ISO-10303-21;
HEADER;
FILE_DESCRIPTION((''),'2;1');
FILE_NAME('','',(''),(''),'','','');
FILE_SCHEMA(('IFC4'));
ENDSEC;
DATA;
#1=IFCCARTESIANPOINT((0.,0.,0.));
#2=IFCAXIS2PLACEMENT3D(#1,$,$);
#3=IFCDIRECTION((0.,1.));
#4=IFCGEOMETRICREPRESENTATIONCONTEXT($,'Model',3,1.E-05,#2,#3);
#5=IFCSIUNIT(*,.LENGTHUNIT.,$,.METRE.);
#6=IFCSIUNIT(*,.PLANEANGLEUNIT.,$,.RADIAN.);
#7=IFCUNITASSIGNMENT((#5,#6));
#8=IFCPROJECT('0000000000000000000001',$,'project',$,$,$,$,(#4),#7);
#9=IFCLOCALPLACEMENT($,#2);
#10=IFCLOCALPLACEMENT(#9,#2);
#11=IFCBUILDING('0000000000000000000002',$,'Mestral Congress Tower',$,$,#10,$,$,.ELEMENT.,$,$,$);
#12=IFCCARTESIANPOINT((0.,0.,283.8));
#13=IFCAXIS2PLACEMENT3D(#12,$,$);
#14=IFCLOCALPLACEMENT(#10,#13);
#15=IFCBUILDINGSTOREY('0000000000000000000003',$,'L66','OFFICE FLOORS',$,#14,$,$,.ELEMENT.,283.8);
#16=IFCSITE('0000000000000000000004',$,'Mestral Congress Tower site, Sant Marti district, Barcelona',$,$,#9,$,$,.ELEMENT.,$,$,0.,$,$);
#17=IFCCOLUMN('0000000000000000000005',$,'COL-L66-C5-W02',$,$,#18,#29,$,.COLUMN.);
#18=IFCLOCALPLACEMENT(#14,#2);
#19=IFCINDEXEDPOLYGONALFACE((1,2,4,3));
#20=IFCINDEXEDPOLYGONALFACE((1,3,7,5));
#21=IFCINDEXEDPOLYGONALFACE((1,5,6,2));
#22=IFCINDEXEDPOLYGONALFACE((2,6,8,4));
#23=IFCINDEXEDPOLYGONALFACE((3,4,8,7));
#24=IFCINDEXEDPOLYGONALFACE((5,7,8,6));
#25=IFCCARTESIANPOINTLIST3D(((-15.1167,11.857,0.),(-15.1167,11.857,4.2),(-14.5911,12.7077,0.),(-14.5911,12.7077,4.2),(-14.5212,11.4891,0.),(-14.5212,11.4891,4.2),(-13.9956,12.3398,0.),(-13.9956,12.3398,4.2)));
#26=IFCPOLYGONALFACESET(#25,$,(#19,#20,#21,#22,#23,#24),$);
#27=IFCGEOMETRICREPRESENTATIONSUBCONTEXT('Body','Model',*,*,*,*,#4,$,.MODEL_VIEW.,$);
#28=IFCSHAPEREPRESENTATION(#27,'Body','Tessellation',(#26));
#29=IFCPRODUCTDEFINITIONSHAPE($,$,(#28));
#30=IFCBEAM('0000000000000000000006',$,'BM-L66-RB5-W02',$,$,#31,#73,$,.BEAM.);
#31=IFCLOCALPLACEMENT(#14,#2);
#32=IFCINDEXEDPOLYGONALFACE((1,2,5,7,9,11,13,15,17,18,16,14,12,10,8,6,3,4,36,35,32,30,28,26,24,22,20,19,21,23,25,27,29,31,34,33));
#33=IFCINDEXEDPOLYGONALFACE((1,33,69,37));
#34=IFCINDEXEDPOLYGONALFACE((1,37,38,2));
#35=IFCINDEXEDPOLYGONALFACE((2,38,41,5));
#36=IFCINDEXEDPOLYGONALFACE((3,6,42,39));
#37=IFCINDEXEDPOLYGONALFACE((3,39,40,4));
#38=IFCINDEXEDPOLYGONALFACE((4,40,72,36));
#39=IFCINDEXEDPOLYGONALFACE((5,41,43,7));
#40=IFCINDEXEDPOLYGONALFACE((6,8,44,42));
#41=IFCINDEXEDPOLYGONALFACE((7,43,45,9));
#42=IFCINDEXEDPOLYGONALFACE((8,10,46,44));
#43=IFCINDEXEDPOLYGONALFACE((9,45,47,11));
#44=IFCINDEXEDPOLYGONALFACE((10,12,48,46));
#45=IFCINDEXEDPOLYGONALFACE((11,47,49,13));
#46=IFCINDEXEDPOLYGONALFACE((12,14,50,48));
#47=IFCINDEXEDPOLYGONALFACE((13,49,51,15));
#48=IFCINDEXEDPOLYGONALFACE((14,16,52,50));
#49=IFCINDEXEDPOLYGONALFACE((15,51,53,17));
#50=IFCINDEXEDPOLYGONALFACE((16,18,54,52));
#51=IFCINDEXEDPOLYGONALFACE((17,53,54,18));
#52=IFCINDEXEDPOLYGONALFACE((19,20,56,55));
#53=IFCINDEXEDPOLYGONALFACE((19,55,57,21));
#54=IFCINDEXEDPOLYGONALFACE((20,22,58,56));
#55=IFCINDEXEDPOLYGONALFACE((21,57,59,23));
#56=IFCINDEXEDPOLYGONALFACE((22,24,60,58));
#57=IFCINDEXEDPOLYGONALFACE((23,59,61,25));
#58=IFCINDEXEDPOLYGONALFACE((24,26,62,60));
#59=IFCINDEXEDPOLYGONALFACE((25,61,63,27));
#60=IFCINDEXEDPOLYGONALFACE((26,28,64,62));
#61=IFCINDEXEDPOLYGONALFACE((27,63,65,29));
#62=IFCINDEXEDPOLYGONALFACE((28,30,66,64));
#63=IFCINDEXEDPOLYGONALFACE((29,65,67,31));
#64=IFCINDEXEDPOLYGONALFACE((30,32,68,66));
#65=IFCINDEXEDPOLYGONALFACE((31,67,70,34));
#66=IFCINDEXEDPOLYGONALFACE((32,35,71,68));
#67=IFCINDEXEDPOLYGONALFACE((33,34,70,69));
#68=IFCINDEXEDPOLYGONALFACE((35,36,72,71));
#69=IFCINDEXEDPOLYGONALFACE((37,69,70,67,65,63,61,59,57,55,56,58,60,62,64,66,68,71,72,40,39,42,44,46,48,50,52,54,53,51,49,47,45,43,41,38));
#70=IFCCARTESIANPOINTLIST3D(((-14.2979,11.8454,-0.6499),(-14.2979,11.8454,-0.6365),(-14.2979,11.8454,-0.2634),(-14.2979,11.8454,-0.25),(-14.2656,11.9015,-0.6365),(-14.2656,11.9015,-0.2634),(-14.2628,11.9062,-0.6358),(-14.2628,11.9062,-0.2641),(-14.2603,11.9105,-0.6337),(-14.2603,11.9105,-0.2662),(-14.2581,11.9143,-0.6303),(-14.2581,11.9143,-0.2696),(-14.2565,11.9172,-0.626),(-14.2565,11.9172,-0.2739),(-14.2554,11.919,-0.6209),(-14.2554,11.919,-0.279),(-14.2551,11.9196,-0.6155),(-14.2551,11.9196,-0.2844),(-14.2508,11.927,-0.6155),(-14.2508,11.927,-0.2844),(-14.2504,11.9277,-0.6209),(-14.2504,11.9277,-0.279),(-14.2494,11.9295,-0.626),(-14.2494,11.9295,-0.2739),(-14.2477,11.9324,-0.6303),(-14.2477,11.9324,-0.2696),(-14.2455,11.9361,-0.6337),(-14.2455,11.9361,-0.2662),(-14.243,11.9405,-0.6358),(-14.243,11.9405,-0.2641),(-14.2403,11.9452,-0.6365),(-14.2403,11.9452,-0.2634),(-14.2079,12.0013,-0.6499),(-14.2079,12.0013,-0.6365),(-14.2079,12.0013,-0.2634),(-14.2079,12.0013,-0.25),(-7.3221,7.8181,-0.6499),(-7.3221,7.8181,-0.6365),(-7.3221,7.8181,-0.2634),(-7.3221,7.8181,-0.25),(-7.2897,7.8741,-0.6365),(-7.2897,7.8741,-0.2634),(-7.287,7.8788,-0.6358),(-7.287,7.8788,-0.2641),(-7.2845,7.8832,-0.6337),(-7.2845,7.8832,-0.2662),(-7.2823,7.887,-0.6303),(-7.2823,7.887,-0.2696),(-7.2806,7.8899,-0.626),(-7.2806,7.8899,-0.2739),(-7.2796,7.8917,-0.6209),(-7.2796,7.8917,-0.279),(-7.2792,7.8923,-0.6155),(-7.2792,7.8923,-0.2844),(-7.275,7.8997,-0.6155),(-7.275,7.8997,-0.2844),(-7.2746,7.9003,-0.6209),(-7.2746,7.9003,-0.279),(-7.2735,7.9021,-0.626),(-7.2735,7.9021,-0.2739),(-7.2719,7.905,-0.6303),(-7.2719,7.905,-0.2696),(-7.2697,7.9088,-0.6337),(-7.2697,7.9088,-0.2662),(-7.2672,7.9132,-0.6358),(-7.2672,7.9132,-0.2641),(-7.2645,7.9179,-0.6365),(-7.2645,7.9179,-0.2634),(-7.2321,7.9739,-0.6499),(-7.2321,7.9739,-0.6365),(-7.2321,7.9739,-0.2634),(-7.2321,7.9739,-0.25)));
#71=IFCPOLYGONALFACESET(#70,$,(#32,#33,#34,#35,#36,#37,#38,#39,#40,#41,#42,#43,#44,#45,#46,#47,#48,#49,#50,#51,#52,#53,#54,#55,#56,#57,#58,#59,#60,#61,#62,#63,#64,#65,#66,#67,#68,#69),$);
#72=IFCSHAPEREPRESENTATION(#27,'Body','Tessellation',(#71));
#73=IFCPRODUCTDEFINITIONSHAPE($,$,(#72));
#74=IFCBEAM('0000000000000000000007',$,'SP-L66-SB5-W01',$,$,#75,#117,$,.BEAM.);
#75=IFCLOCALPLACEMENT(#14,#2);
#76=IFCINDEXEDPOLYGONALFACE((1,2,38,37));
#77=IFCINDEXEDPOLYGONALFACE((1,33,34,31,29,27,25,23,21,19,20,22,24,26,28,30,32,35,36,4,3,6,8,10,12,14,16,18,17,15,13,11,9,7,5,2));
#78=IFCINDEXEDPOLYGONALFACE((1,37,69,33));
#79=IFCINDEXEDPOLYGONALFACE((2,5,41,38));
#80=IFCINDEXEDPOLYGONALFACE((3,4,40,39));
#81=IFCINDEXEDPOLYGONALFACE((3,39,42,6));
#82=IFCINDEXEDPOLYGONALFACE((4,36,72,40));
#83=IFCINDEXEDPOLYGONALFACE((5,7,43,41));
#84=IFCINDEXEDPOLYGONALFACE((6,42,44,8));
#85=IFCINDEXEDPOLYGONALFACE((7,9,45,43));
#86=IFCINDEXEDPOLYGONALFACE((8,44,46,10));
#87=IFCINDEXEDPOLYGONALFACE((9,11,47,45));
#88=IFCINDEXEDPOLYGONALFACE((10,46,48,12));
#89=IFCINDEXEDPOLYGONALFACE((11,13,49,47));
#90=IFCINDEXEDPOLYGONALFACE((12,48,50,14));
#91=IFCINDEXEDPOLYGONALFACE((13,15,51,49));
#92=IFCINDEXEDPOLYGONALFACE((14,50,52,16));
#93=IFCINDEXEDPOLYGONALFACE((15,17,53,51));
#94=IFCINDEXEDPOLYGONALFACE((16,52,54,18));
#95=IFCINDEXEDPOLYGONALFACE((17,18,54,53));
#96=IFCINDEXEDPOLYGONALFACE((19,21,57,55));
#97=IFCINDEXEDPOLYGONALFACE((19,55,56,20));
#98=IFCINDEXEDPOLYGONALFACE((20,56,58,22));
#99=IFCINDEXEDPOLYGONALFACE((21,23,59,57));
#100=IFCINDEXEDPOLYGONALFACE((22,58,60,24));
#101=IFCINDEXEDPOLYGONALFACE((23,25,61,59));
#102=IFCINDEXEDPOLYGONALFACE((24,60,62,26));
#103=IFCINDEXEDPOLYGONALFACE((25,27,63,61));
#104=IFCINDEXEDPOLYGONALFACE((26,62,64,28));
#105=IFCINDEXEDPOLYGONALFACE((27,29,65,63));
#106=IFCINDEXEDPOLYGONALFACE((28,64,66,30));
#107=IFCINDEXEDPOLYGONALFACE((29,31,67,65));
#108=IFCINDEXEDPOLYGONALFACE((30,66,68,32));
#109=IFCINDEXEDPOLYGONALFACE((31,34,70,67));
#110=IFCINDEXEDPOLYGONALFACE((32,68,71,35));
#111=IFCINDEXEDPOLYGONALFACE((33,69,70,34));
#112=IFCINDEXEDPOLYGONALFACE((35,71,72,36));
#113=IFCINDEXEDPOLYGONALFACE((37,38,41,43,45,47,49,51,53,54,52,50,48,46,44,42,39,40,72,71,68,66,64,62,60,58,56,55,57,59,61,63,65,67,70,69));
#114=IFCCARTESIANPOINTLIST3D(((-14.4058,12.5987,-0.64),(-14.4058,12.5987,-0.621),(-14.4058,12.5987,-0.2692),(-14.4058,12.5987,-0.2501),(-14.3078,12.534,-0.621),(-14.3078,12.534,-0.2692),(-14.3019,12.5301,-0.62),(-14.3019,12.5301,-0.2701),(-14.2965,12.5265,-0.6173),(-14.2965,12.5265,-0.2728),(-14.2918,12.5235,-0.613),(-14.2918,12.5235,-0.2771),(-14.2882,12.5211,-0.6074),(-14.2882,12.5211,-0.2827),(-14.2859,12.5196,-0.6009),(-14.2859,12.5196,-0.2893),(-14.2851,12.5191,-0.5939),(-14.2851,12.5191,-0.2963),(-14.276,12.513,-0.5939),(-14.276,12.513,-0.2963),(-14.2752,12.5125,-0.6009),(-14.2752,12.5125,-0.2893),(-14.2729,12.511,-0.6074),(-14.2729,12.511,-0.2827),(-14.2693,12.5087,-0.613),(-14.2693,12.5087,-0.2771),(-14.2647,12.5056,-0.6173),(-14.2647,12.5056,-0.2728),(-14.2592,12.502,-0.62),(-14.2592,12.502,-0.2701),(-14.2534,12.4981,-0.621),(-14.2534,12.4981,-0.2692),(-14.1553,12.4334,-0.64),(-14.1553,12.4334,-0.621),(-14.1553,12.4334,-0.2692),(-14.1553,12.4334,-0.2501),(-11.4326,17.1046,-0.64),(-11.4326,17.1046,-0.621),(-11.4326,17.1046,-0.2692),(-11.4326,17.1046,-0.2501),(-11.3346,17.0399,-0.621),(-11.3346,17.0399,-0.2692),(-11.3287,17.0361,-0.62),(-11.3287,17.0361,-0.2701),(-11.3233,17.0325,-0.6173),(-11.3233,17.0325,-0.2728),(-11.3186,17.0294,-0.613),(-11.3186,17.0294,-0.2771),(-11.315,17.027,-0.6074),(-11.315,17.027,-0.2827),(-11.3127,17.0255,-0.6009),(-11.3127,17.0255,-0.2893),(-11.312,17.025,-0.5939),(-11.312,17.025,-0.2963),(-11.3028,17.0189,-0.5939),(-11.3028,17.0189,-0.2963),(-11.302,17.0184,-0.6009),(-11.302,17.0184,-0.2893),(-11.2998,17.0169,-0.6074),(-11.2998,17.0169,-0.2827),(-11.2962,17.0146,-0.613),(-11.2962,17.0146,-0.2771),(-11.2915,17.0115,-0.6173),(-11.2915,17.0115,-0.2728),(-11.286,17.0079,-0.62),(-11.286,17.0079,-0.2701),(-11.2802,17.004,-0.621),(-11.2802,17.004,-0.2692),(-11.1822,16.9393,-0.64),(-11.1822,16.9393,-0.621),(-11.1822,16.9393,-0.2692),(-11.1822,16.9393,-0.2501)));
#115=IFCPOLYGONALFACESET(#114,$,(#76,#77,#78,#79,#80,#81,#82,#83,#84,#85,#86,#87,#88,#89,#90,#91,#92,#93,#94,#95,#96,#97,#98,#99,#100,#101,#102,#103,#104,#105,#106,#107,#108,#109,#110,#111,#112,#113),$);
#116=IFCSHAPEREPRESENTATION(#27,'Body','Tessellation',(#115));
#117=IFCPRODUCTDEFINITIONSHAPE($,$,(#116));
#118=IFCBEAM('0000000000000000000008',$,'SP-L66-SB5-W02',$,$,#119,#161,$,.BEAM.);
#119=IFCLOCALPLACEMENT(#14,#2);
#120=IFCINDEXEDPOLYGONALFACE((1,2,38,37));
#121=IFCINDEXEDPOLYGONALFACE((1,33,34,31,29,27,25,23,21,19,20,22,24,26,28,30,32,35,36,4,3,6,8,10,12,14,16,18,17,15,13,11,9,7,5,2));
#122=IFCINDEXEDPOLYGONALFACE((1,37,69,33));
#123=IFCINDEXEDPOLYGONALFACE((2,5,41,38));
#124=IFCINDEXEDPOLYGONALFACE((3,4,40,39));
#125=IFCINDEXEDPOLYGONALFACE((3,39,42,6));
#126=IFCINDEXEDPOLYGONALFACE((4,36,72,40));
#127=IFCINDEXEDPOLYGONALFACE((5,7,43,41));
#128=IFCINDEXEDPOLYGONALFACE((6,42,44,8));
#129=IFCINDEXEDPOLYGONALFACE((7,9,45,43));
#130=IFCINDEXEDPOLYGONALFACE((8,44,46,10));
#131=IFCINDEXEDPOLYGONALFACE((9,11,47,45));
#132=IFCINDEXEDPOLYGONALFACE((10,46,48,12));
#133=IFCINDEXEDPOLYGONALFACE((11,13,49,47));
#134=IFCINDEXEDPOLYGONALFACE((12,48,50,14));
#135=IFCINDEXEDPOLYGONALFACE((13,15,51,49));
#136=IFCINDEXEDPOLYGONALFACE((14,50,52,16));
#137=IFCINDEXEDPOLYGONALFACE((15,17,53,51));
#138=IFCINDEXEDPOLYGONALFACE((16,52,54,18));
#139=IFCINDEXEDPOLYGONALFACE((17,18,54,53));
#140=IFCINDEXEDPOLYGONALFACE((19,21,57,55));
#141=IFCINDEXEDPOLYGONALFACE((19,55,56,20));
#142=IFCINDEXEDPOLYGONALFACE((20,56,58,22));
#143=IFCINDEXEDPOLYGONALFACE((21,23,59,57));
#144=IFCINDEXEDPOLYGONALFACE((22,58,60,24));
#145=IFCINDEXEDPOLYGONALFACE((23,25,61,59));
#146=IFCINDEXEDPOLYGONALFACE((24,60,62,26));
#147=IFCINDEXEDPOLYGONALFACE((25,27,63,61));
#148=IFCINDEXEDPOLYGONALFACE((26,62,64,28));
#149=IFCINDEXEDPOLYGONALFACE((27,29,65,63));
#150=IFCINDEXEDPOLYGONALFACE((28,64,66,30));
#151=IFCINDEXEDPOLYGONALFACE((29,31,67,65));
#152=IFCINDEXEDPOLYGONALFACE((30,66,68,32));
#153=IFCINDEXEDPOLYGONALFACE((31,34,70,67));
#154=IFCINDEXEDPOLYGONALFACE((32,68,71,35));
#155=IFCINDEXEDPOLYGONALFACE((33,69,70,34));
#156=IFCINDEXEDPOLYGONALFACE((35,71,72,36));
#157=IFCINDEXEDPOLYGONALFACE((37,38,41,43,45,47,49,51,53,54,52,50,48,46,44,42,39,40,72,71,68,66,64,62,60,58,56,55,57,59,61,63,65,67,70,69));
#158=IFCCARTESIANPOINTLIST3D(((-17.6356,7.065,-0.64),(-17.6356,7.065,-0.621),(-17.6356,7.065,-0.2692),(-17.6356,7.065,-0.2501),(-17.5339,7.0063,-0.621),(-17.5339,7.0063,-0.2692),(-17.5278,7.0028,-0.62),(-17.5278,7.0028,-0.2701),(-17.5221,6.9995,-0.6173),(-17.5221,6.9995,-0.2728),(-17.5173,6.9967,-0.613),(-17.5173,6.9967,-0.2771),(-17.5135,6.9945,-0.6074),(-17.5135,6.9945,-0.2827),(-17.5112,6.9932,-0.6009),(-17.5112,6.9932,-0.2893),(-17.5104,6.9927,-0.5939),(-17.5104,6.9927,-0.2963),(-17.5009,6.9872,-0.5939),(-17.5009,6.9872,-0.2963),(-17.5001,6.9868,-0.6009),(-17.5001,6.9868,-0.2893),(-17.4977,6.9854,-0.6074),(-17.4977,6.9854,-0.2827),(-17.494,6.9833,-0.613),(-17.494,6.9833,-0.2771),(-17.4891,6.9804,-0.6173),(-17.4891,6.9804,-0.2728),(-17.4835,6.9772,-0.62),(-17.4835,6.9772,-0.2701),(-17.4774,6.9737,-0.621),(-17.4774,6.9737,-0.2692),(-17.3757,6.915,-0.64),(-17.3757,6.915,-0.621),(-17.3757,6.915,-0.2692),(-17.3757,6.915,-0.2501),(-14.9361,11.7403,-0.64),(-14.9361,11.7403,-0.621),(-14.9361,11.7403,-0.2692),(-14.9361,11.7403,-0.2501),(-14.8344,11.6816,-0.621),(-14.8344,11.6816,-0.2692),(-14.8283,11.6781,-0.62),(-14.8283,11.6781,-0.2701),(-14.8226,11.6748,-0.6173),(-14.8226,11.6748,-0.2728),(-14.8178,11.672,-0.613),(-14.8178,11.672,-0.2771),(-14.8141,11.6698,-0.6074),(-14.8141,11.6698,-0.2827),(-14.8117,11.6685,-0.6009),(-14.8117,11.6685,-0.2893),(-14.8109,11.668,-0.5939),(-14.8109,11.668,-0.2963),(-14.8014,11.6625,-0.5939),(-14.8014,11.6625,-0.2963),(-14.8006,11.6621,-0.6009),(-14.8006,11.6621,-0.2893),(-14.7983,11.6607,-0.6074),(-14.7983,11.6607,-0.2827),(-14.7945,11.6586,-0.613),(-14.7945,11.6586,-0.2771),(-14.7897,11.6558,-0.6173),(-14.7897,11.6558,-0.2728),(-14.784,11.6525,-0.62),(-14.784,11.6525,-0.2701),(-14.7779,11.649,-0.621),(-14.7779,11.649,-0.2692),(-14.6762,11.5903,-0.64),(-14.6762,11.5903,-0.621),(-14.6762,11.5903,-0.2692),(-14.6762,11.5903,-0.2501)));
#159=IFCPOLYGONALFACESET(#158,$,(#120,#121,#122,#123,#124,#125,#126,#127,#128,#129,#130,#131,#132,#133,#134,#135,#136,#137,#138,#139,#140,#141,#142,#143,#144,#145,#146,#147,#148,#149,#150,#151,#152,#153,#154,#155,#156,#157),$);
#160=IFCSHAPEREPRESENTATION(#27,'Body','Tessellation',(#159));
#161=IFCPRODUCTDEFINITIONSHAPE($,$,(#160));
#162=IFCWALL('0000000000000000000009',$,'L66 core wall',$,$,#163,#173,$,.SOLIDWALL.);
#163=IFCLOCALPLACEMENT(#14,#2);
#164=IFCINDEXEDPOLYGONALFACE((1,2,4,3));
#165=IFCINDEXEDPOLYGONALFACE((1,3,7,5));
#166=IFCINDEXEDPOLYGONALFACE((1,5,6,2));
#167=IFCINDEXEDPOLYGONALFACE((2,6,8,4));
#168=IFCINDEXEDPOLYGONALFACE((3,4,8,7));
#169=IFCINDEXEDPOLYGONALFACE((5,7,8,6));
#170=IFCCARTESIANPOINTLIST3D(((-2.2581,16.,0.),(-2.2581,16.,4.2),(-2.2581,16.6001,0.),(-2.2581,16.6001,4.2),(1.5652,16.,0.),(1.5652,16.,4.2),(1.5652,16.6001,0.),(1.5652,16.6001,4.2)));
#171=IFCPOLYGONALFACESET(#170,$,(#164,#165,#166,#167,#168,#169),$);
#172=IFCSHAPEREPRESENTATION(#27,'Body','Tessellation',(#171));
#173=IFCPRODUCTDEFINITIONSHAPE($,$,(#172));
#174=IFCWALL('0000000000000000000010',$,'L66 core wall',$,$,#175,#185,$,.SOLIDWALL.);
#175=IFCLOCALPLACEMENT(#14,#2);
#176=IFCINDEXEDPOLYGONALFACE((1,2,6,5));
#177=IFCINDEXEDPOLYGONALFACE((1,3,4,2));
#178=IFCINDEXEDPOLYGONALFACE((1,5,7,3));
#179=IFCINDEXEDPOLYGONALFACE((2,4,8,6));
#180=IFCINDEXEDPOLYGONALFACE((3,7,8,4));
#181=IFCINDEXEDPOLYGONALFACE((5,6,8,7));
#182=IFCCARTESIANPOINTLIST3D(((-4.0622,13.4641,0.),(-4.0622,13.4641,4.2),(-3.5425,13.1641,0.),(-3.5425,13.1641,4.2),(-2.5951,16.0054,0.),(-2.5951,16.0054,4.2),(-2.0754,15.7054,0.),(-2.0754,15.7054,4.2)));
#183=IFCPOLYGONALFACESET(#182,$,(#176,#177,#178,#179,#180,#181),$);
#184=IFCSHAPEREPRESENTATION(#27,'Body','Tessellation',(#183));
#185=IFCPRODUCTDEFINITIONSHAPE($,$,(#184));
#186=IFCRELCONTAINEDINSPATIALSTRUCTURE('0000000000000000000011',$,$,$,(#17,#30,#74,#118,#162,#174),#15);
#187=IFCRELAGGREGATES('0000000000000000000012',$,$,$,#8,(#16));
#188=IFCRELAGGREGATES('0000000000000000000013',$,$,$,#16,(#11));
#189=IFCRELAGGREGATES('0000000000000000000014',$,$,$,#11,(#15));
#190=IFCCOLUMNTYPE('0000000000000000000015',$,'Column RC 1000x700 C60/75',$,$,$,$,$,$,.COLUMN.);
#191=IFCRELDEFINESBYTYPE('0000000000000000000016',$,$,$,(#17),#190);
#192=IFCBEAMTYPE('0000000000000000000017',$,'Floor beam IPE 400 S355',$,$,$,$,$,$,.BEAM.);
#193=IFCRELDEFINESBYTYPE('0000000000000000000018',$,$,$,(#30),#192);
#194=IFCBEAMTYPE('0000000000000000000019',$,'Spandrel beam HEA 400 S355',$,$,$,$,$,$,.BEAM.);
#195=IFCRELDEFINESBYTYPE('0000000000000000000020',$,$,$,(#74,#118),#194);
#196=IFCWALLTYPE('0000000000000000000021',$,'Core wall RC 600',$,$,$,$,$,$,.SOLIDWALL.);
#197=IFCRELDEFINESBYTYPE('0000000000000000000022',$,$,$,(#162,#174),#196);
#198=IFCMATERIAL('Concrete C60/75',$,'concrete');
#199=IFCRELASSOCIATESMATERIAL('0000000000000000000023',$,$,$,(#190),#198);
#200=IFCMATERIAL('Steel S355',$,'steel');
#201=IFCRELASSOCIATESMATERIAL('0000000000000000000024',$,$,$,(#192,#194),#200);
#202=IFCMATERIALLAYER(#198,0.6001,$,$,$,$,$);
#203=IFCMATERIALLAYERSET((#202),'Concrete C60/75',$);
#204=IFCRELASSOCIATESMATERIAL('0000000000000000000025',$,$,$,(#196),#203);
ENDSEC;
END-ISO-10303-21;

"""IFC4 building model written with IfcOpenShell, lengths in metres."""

from ifc_helpers import new_model, si_unit, direction, frame, frame_2d, origin, origin_2d, place, context, subcontext, project, spatial, rectangle, i_section, extrude, material, layer, layer_set, material_profile, profile_set, type_object, element, save


model = new_model("IFC4")

# Units and contexts
model_context = context("Model", 3, precision=1e-05, world=origin(), true_north=direction((0.0, 1.0)))
body_context = subcontext(model_context, "Body", "Model", "MODEL_VIEW")
ifc_project = project(units=[si_unit("LENGTHUNIT", "METRE"), si_unit("PLANEANGLEUNIT", "RADIAN")], contexts=[model_context])

# Site, building, storey
site_placement = place(None, origin())
site = spatial("IfcSite", under=ifc_project, at=site_placement, Name="Mestral Congress Tower site, Sant Marti district, Barcelona", CompositionType="ELEMENT", RefElevation=0.0)
building_placement = place(site_placement, origin())
building = spatial("IfcBuilding", under=site, at=building_placement, Name="Mestral Congress Tower", CompositionType="ELEMENT")
storey_placement = place(building_placement, frame((0.0, 0.0, 283.8)))
storey = spatial("IfcBuildingStorey", under=building, at=storey_placement, Name="L66", Description="OFFICE FLOORS", CompositionType="ELEMENT", Elevation=283.8)

# Column
ifc_material_1 = material(Name="Concrete C60/75", Category="concrete")
ifc_material_profile_1 = material_profile(ifc_material_1, rectangle(XDim=1.0, YDim=0.7, at=origin_2d()), Name="RC 1000x700")
ifc_profile_set_1 = profile_set([ifc_material_profile_1], Name="Concrete C60/75")
column_type = type_object("IfcColumnType", Name="Column RC 1000x700 C60/75", PredefinedType="COLUMN", material=ifc_profile_set_1)
column_placement = place(storey_placement, frame((-14.5562, 12.0984, 0.0), z_axis=(0.0, 0.0, 1.0), x_axis=(-0.52561, -0.850726, 0.0)))
element("IfcColumn", 1, at=column_placement, inside=storey, type_object=column_type, Name="COL-L66-C5-W02", PredefinedType="COLUMN", context=body_context, shape_type="SweptSolid", body=[
    extrude(rectangle(XDim=1.0, YDim=0.7, at=origin_2d()), origin(), (0.0, 0.0, 1.0), 4.2),
])

# Beams
ifc_material_2 = material(Name="Steel S355", Category="steel")
ifc_material_profile_2 = material_profile(ifc_material_2, i_section(OverallWidth=0.1799, OverallDepth=0.3999, WebThickness=0.0085, FlangeThickness=0.0134, FilletRadius=0.021, at=origin_2d()), Name="IPE 400")
ifc_profile_set_2 = profile_set([ifc_material_profile_2], Name="Steel S355")
beam_type_1 = type_object("IfcBeamType", Name="Floor beam IPE 400 S355", PredefinedType="BEAM", material=ifc_profile_set_2)
beam_1_placement = place(storey_placement, frame((-14.2529, 11.9233, -0.45), z_axis=(0.866034, -0.499986, 0.0), x_axis=(0.499986, 0.866034, 0.0)))
element("IfcBeam", 2, at=beam_1_placement, inside=storey, type_object=beam_type_1, Name="BM-L66-RB5-W02", PredefinedType="BEAM", context=body_context, shape_type="SweptSolid", body=[
    extrude(i_section(OverallWidth=0.1799, OverallDepth=0.3999, WebThickness=0.0085, FlangeThickness=0.0134, FilletRadius=0.021, at=origin_2d()), origin(), (0.0, 0.0, 1.0), 8.0549),
])
ifc_material_profile_3 = material_profile(ifc_material_2, i_section(OverallWidth=0.3, OverallDepth=0.3899, WebThickness=0.011, FlangeThickness=0.019, FilletRadius=0.0271, at=origin_2d()), Name="HEA 400")
ifc_profile_set_3 = profile_set([ifc_material_profile_3], Name="Steel S355")
beam_type_2 = type_object("IfcBeamType", Name="Spandrel beam HEA 400 S355", PredefinedType="BEAM", material=ifc_profile_set_3)
beam_2_placement = place(storey_placement, frame((-11.3074, 17.022, -0.4451), z_axis=(-0.550749, -0.834671, 0.0), x_axis=(0.834671, -0.550749, 0.0)))
element("IfcBeam", 3, at=beam_2_placement, inside=storey, type_object=beam_type_2, Name="SP-L66-SB5-W01", PredefinedType="BEAM", context=body_context, shape_type="SweptSolid", body=[
    extrude(i_section(OverallWidth=0.3, OverallDepth=0.3899, WebThickness=0.011, FlangeThickness=0.019, FilletRadius=0.0271, at=origin_2d()), origin(), (0.0, 0.0, 1.0), 5.3984),
])
beam_3_placement = place(storey_placement, frame((-14.8062, 11.6653, -0.4451), z_axis=(-0.500025, -0.866011, 0.0), x_axis=(0.866011, -0.500025, 0.0)))
element("IfcBeam", 4, at=beam_3_placement, inside=storey, type_object=beam_type_2, Name="SP-L66-SB5-W02", PredefinedType="BEAM", context=body_context, shape_type="SweptSolid", body=[
    extrude(i_section(OverallWidth=0.3, OverallDepth=0.3899, WebThickness=0.011, FlangeThickness=0.019, FilletRadius=0.0271, at=origin_2d()), origin(), (0.0, 0.0, 1.0), 5.3987),
])

# Walls
ifc_layer_1 = layer(ifc_material_1, 0.6001)
ifc_layer_set_1 = layer_set([ifc_layer_1], Name="Concrete C60/75")
wall_type_1 = type_object("IfcWallType", Name="Core wall RC 600", PredefinedType="SOLIDWALL", material=ifc_layer_set_1)
wall_1_placement = place(storey_placement, frame((-2.2581, 16.3, 0.0), z_axis=(0.0, 0.0, 1.0), x_axis=(1.0, 0.0, 0.0)))
element("IfcWall", 5, at=wall_1_placement, inside=storey, type_object=wall_type_1, Name="L66 core wall", PredefinedType="SOLIDWALL", context=body_context, shape_type="SweptSolid", body=[
    extrude(rectangle(XDim=3.8232, YDim=0.6001, at=frame_2d((1.9116, 0.0))), origin(), (0.0, 0.0, 1.0), 4.2),
])
wall_2_placement = place(storey_placement, frame((-2.3352, 15.8555, 0.0), z_axis=(0.0, 0.0, 1.0), x_axis=(-0.49996, -0.866048, 0.0)))
element("IfcWall", 6, at=wall_2_placement, inside=storey, type_object=wall_type_1, Name="L66 core wall", PredefinedType="SOLIDWALL", context=body_context, shape_type="SweptSolid", body=[
    extrude(rectangle(XDim=2.9343, YDim=0.6001, at=frame_2d((1.4673, 0.0))), origin(), (0.0, 0.0, 1.0), 4.2),
])

save(model, "model.ifc")
